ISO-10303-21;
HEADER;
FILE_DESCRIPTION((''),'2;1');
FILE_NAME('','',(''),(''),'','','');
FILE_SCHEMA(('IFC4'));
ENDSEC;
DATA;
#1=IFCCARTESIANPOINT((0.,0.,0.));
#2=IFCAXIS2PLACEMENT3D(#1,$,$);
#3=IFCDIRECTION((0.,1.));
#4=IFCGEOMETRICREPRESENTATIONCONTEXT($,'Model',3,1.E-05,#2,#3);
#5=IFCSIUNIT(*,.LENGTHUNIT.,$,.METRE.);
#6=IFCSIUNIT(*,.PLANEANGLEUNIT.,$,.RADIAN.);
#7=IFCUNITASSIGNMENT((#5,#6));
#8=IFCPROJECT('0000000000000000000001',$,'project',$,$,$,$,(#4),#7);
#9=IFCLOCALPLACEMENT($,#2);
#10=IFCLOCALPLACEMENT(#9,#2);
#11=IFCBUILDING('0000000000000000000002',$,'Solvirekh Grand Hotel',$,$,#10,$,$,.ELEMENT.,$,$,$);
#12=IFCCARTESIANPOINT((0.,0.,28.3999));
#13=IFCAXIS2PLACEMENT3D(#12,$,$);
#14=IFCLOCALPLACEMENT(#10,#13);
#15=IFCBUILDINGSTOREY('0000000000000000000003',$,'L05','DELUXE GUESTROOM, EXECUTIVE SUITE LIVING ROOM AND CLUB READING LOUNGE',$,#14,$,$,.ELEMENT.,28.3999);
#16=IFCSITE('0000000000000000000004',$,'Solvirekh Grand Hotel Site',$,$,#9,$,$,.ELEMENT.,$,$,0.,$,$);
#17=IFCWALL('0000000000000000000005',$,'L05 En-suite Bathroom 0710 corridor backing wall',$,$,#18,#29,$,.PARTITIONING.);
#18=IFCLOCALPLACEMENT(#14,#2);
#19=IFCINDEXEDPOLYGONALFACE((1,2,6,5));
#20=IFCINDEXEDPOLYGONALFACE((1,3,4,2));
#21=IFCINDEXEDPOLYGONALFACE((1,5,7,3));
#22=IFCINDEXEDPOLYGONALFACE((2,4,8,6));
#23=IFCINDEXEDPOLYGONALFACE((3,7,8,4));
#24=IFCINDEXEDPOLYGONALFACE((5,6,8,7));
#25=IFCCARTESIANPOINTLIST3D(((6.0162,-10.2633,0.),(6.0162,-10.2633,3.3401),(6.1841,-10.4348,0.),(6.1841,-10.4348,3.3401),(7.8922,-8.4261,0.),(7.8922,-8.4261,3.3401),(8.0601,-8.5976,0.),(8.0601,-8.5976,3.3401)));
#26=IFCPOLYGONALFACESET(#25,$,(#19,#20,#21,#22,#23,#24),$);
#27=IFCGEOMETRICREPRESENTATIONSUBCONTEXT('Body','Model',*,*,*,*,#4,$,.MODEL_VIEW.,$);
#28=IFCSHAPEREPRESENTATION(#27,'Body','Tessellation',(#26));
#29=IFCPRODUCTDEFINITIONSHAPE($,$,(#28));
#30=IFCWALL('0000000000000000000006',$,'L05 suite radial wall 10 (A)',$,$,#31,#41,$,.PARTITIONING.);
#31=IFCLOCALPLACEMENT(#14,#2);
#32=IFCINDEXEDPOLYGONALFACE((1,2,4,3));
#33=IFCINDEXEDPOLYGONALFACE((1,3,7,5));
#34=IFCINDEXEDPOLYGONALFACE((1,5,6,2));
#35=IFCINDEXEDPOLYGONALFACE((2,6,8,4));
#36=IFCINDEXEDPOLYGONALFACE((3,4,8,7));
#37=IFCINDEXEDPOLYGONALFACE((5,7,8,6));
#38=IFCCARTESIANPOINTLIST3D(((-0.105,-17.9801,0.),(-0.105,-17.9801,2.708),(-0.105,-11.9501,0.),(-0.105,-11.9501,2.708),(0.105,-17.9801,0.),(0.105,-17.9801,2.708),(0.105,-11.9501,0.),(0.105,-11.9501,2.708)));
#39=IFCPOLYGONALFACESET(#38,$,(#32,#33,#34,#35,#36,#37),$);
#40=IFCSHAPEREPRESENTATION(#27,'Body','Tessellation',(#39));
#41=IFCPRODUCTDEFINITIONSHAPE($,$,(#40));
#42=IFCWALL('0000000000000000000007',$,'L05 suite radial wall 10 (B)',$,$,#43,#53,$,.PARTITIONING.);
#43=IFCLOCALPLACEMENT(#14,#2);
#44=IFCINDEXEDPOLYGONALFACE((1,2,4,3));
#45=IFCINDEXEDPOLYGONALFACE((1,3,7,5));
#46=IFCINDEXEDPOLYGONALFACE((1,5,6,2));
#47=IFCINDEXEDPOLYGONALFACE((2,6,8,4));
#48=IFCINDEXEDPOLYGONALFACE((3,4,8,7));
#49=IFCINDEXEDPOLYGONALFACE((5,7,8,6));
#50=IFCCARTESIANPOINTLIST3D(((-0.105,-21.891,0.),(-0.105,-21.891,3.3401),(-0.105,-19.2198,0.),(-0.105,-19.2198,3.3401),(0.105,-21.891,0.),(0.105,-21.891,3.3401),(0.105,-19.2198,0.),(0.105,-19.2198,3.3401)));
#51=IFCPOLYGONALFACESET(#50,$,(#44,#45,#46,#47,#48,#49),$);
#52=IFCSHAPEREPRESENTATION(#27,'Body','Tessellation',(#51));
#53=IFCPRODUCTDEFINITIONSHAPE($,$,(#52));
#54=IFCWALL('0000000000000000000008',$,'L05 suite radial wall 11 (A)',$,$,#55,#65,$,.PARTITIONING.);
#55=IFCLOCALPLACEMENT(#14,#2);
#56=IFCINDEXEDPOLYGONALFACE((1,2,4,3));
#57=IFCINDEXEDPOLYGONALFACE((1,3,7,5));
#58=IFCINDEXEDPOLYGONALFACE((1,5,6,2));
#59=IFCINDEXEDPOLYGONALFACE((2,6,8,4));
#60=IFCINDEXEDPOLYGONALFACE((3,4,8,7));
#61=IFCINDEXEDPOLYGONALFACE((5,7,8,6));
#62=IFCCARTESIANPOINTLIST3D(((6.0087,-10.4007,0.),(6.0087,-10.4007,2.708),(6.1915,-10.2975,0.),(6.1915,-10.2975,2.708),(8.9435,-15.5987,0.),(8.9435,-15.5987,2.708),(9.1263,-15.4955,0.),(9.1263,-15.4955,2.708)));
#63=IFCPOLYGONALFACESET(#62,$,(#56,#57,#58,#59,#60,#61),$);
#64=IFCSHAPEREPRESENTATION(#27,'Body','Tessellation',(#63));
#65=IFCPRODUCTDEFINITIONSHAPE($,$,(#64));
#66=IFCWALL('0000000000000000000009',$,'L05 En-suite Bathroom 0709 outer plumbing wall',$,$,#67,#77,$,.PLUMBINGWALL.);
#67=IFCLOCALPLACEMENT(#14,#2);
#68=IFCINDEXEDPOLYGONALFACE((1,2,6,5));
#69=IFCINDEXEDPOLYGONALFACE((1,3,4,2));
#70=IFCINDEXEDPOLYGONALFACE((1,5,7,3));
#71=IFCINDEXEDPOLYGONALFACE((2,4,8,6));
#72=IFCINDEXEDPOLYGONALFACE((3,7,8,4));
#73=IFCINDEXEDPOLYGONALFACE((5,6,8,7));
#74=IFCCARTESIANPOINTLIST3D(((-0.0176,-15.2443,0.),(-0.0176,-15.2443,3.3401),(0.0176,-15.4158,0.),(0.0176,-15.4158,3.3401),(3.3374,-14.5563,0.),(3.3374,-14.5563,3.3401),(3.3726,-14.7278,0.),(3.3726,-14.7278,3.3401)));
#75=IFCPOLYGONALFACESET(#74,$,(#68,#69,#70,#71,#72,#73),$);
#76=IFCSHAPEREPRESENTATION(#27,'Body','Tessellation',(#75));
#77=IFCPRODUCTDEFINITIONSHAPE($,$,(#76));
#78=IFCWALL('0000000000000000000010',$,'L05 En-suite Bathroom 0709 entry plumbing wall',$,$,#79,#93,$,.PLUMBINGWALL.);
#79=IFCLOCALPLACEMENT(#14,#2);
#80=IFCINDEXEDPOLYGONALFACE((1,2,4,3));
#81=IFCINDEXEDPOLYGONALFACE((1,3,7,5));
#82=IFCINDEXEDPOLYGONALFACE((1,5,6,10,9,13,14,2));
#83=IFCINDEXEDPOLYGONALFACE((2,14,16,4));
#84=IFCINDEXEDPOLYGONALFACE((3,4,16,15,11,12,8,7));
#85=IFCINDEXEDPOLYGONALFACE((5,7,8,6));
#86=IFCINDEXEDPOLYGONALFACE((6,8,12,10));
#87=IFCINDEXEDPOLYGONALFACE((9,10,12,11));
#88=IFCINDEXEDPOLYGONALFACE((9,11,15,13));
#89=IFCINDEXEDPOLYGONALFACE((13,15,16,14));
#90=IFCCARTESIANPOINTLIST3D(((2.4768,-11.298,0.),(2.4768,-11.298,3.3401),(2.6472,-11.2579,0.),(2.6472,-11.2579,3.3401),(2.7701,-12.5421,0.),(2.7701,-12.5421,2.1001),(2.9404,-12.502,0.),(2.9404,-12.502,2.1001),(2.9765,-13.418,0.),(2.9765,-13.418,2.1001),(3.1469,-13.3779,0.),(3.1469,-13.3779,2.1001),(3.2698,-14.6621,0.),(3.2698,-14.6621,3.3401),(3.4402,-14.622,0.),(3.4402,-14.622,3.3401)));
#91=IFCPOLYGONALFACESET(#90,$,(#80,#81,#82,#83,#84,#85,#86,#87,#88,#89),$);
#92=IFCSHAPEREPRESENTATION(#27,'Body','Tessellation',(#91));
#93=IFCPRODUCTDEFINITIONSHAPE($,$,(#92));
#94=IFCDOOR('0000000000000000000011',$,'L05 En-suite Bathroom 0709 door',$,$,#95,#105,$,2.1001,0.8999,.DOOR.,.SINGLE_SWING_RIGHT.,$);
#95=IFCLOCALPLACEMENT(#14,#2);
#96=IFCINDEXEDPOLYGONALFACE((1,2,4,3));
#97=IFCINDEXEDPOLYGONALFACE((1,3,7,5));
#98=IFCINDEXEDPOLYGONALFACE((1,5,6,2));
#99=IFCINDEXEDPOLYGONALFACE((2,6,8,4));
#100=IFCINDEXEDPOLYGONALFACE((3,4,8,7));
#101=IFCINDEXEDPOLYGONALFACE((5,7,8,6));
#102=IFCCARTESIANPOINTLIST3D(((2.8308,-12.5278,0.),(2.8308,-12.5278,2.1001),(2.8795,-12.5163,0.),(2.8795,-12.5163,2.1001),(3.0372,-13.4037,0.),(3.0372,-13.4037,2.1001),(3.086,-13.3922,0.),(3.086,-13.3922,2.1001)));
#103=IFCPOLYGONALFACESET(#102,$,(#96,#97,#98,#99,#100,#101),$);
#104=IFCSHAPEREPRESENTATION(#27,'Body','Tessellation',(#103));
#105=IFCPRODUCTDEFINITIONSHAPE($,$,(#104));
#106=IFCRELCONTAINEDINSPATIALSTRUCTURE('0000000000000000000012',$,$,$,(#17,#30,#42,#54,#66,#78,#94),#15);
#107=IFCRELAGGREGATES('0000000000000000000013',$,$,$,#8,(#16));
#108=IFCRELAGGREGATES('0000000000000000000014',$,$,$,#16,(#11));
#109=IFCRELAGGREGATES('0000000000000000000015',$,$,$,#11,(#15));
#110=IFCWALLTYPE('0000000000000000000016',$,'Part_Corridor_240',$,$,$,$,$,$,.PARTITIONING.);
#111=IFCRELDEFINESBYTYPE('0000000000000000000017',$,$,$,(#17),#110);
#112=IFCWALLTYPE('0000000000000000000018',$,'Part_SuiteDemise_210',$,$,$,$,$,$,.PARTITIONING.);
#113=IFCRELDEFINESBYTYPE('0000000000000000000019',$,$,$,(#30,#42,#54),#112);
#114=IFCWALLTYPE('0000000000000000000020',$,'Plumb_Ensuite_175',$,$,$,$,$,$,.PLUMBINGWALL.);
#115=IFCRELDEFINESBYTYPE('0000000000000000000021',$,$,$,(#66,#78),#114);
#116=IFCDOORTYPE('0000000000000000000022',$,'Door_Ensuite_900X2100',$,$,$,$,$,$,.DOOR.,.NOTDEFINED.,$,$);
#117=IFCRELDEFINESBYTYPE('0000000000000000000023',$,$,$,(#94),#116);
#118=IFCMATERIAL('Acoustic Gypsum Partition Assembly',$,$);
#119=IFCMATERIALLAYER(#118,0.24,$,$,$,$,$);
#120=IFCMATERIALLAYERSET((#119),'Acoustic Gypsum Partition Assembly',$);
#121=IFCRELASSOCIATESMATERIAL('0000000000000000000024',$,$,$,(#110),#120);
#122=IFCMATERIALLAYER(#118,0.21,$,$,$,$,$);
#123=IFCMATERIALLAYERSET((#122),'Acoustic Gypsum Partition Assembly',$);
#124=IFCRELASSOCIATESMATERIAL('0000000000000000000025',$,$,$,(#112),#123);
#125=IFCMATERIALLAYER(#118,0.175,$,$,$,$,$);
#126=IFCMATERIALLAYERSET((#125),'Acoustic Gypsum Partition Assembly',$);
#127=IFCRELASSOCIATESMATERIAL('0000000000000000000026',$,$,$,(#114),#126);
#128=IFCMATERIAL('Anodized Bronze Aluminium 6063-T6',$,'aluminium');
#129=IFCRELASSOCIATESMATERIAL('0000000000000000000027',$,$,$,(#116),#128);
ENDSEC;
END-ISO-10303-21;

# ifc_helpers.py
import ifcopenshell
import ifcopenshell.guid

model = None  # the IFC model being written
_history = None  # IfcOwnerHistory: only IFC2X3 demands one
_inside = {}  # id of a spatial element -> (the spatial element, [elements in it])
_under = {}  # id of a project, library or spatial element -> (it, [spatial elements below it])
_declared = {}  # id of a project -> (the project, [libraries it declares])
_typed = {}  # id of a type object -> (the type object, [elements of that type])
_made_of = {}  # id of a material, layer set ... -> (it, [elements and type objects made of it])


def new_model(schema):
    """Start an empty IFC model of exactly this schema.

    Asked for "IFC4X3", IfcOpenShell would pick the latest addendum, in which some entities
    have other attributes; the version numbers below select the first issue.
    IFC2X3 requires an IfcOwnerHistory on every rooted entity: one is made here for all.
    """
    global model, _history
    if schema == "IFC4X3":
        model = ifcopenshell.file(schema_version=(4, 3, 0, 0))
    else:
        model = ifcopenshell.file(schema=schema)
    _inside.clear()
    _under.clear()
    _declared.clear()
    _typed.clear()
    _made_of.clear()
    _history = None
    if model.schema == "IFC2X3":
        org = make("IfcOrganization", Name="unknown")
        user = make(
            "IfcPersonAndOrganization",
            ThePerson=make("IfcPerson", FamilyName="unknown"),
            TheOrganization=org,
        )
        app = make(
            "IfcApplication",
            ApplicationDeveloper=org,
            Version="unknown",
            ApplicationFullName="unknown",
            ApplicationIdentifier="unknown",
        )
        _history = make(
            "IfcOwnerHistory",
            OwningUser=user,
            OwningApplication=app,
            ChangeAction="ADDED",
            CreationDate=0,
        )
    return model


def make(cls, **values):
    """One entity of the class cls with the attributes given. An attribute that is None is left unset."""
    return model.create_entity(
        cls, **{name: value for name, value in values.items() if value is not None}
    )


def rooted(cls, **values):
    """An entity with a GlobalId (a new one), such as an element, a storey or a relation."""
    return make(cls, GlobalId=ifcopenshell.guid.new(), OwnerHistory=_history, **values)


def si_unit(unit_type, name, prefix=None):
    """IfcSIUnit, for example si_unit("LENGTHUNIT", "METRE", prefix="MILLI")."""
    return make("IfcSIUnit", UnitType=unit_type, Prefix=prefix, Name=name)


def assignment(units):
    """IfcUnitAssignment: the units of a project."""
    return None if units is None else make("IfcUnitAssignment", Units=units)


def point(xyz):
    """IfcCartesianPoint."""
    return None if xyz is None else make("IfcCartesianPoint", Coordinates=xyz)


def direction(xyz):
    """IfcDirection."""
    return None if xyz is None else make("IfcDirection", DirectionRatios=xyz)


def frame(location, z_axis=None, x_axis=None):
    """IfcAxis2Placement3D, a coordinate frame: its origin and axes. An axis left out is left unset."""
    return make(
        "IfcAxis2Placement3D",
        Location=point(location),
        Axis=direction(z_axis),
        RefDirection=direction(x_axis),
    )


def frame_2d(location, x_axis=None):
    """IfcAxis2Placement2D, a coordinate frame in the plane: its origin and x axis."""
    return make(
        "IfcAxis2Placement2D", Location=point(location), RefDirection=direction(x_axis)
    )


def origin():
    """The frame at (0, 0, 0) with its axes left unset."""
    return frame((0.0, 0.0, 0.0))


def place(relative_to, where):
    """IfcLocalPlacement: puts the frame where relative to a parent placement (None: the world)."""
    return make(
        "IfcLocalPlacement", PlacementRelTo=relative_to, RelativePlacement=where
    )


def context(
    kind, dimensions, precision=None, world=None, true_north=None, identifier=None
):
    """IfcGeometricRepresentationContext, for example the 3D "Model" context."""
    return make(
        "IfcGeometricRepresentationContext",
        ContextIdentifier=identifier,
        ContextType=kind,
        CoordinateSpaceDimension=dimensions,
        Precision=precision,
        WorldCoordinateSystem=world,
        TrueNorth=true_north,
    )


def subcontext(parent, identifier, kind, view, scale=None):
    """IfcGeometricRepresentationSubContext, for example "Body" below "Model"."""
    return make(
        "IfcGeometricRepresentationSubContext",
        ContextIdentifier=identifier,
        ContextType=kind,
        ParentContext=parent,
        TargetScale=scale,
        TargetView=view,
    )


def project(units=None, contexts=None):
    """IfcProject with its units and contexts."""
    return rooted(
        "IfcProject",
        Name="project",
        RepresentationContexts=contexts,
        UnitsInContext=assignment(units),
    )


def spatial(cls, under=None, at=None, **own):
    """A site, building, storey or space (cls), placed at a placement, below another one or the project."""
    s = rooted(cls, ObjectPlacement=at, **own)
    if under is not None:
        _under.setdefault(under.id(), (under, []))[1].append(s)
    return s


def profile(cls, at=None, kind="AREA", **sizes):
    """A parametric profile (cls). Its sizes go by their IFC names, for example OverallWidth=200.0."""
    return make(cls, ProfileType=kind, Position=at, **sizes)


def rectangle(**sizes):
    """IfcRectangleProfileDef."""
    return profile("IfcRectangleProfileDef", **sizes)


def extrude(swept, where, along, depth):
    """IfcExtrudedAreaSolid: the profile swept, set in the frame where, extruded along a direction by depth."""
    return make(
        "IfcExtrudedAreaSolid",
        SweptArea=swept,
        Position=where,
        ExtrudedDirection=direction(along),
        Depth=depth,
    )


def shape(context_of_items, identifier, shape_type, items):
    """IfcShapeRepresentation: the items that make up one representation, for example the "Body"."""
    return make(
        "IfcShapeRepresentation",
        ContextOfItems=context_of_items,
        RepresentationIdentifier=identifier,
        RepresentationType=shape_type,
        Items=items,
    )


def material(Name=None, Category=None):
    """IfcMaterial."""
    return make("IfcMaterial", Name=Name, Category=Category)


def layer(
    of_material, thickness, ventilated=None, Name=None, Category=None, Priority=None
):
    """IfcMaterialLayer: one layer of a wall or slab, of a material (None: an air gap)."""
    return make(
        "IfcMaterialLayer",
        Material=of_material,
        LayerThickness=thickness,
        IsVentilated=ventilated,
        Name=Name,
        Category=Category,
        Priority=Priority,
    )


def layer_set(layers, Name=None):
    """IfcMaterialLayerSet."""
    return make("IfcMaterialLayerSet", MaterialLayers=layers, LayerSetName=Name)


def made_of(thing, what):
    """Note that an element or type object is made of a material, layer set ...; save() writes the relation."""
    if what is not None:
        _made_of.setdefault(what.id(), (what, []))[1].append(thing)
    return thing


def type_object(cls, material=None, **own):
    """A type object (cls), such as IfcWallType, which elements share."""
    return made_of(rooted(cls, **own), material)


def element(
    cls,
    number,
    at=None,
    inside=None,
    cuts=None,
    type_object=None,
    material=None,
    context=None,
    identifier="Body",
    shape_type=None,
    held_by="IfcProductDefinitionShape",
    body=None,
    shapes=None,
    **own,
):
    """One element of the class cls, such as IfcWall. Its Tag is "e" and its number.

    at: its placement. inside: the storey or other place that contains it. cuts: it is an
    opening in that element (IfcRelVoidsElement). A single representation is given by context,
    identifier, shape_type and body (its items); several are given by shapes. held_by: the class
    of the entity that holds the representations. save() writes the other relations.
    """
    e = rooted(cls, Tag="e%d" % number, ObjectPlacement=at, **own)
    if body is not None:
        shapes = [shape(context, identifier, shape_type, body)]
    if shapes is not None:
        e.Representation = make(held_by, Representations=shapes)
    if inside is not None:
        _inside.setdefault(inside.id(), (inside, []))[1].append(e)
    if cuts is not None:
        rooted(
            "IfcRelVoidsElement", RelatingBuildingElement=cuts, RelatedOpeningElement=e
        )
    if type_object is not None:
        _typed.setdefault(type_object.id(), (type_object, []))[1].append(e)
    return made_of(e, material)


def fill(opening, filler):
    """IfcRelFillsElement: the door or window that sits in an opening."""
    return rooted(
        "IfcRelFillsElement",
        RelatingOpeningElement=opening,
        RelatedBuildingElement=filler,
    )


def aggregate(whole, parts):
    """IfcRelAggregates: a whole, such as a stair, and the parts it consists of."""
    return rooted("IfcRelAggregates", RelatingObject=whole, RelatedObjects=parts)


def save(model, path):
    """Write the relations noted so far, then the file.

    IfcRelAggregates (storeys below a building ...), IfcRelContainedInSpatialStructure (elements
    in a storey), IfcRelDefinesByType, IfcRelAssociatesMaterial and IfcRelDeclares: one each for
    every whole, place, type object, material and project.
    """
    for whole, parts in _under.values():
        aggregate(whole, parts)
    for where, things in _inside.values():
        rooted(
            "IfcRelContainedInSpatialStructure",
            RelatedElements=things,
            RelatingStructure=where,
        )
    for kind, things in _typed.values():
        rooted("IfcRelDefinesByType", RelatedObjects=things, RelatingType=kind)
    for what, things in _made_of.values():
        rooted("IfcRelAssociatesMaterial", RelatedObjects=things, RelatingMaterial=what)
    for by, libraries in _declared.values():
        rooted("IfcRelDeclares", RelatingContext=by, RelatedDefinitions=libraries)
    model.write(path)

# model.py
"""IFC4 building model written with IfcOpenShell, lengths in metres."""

from ifc_helpers import new_model, si_unit, direction, frame, frame_2d, origin, place, context, subcontext, project, spatial, rectangle, extrude, material, layer, layer_set, type_object, element, fill, save


model = new_model("IFC4")

# Units and contexts
model_context = context("Model", 3, precision=1e-05, world=origin(), true_north=direction((0.0, 1.0)))
body_context = subcontext(model_context, "Body", "Model", "MODEL_VIEW")
ifc_project = project(units=[si_unit("LENGTHUNIT", "METRE"), si_unit("PLANEANGLEUNIT", "RADIAN")], contexts=[model_context])

# Site, building, storey
site_placement = place(None, origin())
site = spatial("IfcSite", under=ifc_project, at=site_placement, Name="Solvirekh Grand Hotel Site", CompositionType="ELEMENT", RefElevation=0.0)
building_placement = place(site_placement, origin())
building = spatial("IfcBuilding", under=site, at=building_placement, Name="Solvirekh Grand Hotel", CompositionType="ELEMENT")
storey_placement = place(building_placement, frame((0.0, 0.0, 28.3999)))
storey = spatial("IfcBuildingStorey", under=building, at=storey_placement, Name="L05", Description="DELUXE GUESTROOM, EXECUTIVE SUITE LIVING ROOM AND CLUB READING LOUNGE", CompositionType="ELEMENT", Elevation=28.3999)

# Shared definitions
ifc_material_1 = material(Name="Acoustic Gypsum Partition Assembly")
ifc_layer_1 = layer(ifc_material_1, 0.24)
ifc_layer_set_1 = layer_set([ifc_layer_1], Name="Acoustic Gypsum Partition Assembly")
wall_type_1 = type_object("IfcWallType", Name="Part_Corridor_240", PredefinedType="PARTITIONING", material=ifc_layer_set_1)

# Walls
wall_1_placement = place(storey_placement, frame((6.1001, -10.3491, 0.0), z_axis=(0.0, 0.0, 1.0), x_axis=(0.71446, 0.699676, 0.0)))
element("IfcWall", 1, at=wall_1_placement, inside=storey, type_object=wall_type_1, Name="L05 En-suite Bathroom 0710 corridor backing wall", PredefinedType="PARTITIONING", context=body_context, shape_type="SweptSolid", body=[
    extrude(rectangle(XDim=2.6257, YDim=0.24, at=frame_2d((1.313, 0.0))), origin(), (0.0, 0.0, 1.0), 3.3401),
])
ifc_layer_2 = layer(ifc_material_1, 0.21)
ifc_layer_set_2 = layer_set([ifc_layer_2], Name="Acoustic Gypsum Partition Assembly")
wall_type_2 = type_object("IfcWallType", Name="Part_SuiteDemise_210", PredefinedType="PARTITIONING", material=ifc_layer_set_2)
wall_2_placement = place(storey_placement, frame((0.0, -11.95, 0.0), z_axis=(0.0, 0.0, 1.0), x_axis=(0.0, -1.0, 0.0)))
element("IfcWall", 2, at=wall_2_placement, inside=storey, type_object=wall_type_2, Name="L05 suite radial wall 10 (A)", PredefinedType="PARTITIONING", context=body_context, shape_type="SweptSolid", body=[
    extrude(rectangle(XDim=6.03, YDim=0.21, at=frame_2d((3.0151, 0.0))), origin(), (0.0, 0.0, 1.0), 2.708),
])
wall_3_placement = place(storey_placement, frame((0.0, -19.22, 0.0), z_axis=(0.0, 0.0, 1.0), x_axis=(0.0, -1.0, 0.0)))
element("IfcWall", 3, at=wall_3_placement, inside=storey, type_object=wall_type_2, Name="L05 suite radial wall 10 (B)", PredefinedType="PARTITIONING", context=body_context, shape_type="SweptSolid", body=[
    extrude(rectangle(XDim=2.6711, YDim=0.21, at=frame_2d((1.3354, 0.0))), origin(), (0.0, 0.0, 1.0), 3.3401),
])
wall_4_placement = place(storey_placement, frame((6.1001, -10.3491, 0.0), z_axis=(0.0, 0.0, 1.0), x_axis=(0.491653, -0.870791, 0.0)))
element("IfcWall", 4, at=wall_4_placement, inside=storey, type_object=wall_type_2, Name="L05 suite radial wall 11 (A)", PredefinedType="PARTITIONING", context=body_context, shape_type="SweptSolid", body=[
    extrude(rectangle(XDim=5.9692, YDim=0.21, at=frame_2d((2.9846, 0.0))), origin(), (0.0, 0.0, 1.0), 2.708),
])
ifc_layer_3 = layer(ifc_material_1, 0.175)
ifc_layer_set_3 = layer_set([ifc_layer_3], Name="Acoustic Gypsum Partition Assembly")
wall_type_3 = type_object("IfcWallType", Name="Plumb_Ensuite_175", PredefinedType="PLUMBINGWALL", material=ifc_layer_set_3)
wall_5_placement = place(storey_placement, frame((0.0, -15.3301, 0.0), z_axis=(0.0, 0.0, 1.0), x_axis=(0.979615, 0.200885, 0.0)))
element("IfcWall", 5, at=wall_5_placement, inside=storey, type_object=wall_type_3, Name="L05 En-suite Bathroom 0709 outer plumbing wall", PredefinedType="PLUMBINGWALL", context=body_context, shape_type="SweptSolid", body=[
    extrude(rectangle(XDim=3.4248, YDim=0.175, at=frame_2d((1.7124, 0.0))), origin(), (0.0, 0.0, 1.0), 3.3401),
])

# Wall, opening, door
wall_6_placement = place(storey_placement, frame((2.562, -11.2781, 0.0), z_axis=(0.0, 0.0, 1.0), x_axis=(0.229433, -0.973324, 0.0)))
wall_6 = element("IfcWall", 6, at=wall_6_placement, inside=storey, type_object=wall_type_3, Name="L05 En-suite Bathroom 0709 entry plumbing wall", PredefinedType="PLUMBINGWALL", context=body_context, shape_type="SweptSolid", body=[
    extrude(rectangle(XDim=3.4563, YDim=0.175, at=frame_2d((1.728, 0.0))), origin(), (0.0, 0.0, 1.0), 3.3401),
])
opening_1_placement = place(wall_6_placement, frame((1.2781, 0.0, 0.0)))
opening_1 = element("IfcOpeningElement", 7, at=opening_1_placement, cuts=wall_6, PredefinedType="OPENING", context=body_context, shape_type="SweptSolid", body=[
    extrude(rectangle(XDim=0.8999, YDim=2.1001, at=frame_2d((0.45, 1.05))), frame((0.0, 0.0977, 0.0), z_axis=(0.0, -1.0, 0.0), x_axis=(1.0, 0.0, 0.0)), (0.0, 0.0, 1.0), 0.1951),
])
ifc_material_2 = material(Name="Anodized Bronze Aluminium 6063-T6", Category="aluminium")
door_type_1 = type_object("IfcDoorType", Name="Door_Ensuite_900X2100", OperationType="NOTDEFINED", PredefinedType="DOOR", material=ifc_material_2)
door_1_placement = place(opening_1_placement, origin())
door_1 = element("IfcDoor", 8, at=door_1_placement, inside=storey, type_object=door_type_1, Name="L05 En-suite Bathroom 0709 door", OperationType="SINGLE_SWING_RIGHT", OverallHeight=2.1001, OverallWidth=0.8999, PredefinedType="DOOR", context=body_context, shape_type="SweptSolid", body=[
    extrude(rectangle(XDim=0.8999, YDim=2.1001, at=frame_2d((0.45, 1.05))), frame((0.0, 0.0249, 0.0), z_axis=(0.0, -1.0, 0.0), x_axis=(1.0, 0.0, 0.0)), (0.0, 0.0, 1.0), 0.05),
])
fill(opening_1, door_1)

save(model, "model.ifc")
